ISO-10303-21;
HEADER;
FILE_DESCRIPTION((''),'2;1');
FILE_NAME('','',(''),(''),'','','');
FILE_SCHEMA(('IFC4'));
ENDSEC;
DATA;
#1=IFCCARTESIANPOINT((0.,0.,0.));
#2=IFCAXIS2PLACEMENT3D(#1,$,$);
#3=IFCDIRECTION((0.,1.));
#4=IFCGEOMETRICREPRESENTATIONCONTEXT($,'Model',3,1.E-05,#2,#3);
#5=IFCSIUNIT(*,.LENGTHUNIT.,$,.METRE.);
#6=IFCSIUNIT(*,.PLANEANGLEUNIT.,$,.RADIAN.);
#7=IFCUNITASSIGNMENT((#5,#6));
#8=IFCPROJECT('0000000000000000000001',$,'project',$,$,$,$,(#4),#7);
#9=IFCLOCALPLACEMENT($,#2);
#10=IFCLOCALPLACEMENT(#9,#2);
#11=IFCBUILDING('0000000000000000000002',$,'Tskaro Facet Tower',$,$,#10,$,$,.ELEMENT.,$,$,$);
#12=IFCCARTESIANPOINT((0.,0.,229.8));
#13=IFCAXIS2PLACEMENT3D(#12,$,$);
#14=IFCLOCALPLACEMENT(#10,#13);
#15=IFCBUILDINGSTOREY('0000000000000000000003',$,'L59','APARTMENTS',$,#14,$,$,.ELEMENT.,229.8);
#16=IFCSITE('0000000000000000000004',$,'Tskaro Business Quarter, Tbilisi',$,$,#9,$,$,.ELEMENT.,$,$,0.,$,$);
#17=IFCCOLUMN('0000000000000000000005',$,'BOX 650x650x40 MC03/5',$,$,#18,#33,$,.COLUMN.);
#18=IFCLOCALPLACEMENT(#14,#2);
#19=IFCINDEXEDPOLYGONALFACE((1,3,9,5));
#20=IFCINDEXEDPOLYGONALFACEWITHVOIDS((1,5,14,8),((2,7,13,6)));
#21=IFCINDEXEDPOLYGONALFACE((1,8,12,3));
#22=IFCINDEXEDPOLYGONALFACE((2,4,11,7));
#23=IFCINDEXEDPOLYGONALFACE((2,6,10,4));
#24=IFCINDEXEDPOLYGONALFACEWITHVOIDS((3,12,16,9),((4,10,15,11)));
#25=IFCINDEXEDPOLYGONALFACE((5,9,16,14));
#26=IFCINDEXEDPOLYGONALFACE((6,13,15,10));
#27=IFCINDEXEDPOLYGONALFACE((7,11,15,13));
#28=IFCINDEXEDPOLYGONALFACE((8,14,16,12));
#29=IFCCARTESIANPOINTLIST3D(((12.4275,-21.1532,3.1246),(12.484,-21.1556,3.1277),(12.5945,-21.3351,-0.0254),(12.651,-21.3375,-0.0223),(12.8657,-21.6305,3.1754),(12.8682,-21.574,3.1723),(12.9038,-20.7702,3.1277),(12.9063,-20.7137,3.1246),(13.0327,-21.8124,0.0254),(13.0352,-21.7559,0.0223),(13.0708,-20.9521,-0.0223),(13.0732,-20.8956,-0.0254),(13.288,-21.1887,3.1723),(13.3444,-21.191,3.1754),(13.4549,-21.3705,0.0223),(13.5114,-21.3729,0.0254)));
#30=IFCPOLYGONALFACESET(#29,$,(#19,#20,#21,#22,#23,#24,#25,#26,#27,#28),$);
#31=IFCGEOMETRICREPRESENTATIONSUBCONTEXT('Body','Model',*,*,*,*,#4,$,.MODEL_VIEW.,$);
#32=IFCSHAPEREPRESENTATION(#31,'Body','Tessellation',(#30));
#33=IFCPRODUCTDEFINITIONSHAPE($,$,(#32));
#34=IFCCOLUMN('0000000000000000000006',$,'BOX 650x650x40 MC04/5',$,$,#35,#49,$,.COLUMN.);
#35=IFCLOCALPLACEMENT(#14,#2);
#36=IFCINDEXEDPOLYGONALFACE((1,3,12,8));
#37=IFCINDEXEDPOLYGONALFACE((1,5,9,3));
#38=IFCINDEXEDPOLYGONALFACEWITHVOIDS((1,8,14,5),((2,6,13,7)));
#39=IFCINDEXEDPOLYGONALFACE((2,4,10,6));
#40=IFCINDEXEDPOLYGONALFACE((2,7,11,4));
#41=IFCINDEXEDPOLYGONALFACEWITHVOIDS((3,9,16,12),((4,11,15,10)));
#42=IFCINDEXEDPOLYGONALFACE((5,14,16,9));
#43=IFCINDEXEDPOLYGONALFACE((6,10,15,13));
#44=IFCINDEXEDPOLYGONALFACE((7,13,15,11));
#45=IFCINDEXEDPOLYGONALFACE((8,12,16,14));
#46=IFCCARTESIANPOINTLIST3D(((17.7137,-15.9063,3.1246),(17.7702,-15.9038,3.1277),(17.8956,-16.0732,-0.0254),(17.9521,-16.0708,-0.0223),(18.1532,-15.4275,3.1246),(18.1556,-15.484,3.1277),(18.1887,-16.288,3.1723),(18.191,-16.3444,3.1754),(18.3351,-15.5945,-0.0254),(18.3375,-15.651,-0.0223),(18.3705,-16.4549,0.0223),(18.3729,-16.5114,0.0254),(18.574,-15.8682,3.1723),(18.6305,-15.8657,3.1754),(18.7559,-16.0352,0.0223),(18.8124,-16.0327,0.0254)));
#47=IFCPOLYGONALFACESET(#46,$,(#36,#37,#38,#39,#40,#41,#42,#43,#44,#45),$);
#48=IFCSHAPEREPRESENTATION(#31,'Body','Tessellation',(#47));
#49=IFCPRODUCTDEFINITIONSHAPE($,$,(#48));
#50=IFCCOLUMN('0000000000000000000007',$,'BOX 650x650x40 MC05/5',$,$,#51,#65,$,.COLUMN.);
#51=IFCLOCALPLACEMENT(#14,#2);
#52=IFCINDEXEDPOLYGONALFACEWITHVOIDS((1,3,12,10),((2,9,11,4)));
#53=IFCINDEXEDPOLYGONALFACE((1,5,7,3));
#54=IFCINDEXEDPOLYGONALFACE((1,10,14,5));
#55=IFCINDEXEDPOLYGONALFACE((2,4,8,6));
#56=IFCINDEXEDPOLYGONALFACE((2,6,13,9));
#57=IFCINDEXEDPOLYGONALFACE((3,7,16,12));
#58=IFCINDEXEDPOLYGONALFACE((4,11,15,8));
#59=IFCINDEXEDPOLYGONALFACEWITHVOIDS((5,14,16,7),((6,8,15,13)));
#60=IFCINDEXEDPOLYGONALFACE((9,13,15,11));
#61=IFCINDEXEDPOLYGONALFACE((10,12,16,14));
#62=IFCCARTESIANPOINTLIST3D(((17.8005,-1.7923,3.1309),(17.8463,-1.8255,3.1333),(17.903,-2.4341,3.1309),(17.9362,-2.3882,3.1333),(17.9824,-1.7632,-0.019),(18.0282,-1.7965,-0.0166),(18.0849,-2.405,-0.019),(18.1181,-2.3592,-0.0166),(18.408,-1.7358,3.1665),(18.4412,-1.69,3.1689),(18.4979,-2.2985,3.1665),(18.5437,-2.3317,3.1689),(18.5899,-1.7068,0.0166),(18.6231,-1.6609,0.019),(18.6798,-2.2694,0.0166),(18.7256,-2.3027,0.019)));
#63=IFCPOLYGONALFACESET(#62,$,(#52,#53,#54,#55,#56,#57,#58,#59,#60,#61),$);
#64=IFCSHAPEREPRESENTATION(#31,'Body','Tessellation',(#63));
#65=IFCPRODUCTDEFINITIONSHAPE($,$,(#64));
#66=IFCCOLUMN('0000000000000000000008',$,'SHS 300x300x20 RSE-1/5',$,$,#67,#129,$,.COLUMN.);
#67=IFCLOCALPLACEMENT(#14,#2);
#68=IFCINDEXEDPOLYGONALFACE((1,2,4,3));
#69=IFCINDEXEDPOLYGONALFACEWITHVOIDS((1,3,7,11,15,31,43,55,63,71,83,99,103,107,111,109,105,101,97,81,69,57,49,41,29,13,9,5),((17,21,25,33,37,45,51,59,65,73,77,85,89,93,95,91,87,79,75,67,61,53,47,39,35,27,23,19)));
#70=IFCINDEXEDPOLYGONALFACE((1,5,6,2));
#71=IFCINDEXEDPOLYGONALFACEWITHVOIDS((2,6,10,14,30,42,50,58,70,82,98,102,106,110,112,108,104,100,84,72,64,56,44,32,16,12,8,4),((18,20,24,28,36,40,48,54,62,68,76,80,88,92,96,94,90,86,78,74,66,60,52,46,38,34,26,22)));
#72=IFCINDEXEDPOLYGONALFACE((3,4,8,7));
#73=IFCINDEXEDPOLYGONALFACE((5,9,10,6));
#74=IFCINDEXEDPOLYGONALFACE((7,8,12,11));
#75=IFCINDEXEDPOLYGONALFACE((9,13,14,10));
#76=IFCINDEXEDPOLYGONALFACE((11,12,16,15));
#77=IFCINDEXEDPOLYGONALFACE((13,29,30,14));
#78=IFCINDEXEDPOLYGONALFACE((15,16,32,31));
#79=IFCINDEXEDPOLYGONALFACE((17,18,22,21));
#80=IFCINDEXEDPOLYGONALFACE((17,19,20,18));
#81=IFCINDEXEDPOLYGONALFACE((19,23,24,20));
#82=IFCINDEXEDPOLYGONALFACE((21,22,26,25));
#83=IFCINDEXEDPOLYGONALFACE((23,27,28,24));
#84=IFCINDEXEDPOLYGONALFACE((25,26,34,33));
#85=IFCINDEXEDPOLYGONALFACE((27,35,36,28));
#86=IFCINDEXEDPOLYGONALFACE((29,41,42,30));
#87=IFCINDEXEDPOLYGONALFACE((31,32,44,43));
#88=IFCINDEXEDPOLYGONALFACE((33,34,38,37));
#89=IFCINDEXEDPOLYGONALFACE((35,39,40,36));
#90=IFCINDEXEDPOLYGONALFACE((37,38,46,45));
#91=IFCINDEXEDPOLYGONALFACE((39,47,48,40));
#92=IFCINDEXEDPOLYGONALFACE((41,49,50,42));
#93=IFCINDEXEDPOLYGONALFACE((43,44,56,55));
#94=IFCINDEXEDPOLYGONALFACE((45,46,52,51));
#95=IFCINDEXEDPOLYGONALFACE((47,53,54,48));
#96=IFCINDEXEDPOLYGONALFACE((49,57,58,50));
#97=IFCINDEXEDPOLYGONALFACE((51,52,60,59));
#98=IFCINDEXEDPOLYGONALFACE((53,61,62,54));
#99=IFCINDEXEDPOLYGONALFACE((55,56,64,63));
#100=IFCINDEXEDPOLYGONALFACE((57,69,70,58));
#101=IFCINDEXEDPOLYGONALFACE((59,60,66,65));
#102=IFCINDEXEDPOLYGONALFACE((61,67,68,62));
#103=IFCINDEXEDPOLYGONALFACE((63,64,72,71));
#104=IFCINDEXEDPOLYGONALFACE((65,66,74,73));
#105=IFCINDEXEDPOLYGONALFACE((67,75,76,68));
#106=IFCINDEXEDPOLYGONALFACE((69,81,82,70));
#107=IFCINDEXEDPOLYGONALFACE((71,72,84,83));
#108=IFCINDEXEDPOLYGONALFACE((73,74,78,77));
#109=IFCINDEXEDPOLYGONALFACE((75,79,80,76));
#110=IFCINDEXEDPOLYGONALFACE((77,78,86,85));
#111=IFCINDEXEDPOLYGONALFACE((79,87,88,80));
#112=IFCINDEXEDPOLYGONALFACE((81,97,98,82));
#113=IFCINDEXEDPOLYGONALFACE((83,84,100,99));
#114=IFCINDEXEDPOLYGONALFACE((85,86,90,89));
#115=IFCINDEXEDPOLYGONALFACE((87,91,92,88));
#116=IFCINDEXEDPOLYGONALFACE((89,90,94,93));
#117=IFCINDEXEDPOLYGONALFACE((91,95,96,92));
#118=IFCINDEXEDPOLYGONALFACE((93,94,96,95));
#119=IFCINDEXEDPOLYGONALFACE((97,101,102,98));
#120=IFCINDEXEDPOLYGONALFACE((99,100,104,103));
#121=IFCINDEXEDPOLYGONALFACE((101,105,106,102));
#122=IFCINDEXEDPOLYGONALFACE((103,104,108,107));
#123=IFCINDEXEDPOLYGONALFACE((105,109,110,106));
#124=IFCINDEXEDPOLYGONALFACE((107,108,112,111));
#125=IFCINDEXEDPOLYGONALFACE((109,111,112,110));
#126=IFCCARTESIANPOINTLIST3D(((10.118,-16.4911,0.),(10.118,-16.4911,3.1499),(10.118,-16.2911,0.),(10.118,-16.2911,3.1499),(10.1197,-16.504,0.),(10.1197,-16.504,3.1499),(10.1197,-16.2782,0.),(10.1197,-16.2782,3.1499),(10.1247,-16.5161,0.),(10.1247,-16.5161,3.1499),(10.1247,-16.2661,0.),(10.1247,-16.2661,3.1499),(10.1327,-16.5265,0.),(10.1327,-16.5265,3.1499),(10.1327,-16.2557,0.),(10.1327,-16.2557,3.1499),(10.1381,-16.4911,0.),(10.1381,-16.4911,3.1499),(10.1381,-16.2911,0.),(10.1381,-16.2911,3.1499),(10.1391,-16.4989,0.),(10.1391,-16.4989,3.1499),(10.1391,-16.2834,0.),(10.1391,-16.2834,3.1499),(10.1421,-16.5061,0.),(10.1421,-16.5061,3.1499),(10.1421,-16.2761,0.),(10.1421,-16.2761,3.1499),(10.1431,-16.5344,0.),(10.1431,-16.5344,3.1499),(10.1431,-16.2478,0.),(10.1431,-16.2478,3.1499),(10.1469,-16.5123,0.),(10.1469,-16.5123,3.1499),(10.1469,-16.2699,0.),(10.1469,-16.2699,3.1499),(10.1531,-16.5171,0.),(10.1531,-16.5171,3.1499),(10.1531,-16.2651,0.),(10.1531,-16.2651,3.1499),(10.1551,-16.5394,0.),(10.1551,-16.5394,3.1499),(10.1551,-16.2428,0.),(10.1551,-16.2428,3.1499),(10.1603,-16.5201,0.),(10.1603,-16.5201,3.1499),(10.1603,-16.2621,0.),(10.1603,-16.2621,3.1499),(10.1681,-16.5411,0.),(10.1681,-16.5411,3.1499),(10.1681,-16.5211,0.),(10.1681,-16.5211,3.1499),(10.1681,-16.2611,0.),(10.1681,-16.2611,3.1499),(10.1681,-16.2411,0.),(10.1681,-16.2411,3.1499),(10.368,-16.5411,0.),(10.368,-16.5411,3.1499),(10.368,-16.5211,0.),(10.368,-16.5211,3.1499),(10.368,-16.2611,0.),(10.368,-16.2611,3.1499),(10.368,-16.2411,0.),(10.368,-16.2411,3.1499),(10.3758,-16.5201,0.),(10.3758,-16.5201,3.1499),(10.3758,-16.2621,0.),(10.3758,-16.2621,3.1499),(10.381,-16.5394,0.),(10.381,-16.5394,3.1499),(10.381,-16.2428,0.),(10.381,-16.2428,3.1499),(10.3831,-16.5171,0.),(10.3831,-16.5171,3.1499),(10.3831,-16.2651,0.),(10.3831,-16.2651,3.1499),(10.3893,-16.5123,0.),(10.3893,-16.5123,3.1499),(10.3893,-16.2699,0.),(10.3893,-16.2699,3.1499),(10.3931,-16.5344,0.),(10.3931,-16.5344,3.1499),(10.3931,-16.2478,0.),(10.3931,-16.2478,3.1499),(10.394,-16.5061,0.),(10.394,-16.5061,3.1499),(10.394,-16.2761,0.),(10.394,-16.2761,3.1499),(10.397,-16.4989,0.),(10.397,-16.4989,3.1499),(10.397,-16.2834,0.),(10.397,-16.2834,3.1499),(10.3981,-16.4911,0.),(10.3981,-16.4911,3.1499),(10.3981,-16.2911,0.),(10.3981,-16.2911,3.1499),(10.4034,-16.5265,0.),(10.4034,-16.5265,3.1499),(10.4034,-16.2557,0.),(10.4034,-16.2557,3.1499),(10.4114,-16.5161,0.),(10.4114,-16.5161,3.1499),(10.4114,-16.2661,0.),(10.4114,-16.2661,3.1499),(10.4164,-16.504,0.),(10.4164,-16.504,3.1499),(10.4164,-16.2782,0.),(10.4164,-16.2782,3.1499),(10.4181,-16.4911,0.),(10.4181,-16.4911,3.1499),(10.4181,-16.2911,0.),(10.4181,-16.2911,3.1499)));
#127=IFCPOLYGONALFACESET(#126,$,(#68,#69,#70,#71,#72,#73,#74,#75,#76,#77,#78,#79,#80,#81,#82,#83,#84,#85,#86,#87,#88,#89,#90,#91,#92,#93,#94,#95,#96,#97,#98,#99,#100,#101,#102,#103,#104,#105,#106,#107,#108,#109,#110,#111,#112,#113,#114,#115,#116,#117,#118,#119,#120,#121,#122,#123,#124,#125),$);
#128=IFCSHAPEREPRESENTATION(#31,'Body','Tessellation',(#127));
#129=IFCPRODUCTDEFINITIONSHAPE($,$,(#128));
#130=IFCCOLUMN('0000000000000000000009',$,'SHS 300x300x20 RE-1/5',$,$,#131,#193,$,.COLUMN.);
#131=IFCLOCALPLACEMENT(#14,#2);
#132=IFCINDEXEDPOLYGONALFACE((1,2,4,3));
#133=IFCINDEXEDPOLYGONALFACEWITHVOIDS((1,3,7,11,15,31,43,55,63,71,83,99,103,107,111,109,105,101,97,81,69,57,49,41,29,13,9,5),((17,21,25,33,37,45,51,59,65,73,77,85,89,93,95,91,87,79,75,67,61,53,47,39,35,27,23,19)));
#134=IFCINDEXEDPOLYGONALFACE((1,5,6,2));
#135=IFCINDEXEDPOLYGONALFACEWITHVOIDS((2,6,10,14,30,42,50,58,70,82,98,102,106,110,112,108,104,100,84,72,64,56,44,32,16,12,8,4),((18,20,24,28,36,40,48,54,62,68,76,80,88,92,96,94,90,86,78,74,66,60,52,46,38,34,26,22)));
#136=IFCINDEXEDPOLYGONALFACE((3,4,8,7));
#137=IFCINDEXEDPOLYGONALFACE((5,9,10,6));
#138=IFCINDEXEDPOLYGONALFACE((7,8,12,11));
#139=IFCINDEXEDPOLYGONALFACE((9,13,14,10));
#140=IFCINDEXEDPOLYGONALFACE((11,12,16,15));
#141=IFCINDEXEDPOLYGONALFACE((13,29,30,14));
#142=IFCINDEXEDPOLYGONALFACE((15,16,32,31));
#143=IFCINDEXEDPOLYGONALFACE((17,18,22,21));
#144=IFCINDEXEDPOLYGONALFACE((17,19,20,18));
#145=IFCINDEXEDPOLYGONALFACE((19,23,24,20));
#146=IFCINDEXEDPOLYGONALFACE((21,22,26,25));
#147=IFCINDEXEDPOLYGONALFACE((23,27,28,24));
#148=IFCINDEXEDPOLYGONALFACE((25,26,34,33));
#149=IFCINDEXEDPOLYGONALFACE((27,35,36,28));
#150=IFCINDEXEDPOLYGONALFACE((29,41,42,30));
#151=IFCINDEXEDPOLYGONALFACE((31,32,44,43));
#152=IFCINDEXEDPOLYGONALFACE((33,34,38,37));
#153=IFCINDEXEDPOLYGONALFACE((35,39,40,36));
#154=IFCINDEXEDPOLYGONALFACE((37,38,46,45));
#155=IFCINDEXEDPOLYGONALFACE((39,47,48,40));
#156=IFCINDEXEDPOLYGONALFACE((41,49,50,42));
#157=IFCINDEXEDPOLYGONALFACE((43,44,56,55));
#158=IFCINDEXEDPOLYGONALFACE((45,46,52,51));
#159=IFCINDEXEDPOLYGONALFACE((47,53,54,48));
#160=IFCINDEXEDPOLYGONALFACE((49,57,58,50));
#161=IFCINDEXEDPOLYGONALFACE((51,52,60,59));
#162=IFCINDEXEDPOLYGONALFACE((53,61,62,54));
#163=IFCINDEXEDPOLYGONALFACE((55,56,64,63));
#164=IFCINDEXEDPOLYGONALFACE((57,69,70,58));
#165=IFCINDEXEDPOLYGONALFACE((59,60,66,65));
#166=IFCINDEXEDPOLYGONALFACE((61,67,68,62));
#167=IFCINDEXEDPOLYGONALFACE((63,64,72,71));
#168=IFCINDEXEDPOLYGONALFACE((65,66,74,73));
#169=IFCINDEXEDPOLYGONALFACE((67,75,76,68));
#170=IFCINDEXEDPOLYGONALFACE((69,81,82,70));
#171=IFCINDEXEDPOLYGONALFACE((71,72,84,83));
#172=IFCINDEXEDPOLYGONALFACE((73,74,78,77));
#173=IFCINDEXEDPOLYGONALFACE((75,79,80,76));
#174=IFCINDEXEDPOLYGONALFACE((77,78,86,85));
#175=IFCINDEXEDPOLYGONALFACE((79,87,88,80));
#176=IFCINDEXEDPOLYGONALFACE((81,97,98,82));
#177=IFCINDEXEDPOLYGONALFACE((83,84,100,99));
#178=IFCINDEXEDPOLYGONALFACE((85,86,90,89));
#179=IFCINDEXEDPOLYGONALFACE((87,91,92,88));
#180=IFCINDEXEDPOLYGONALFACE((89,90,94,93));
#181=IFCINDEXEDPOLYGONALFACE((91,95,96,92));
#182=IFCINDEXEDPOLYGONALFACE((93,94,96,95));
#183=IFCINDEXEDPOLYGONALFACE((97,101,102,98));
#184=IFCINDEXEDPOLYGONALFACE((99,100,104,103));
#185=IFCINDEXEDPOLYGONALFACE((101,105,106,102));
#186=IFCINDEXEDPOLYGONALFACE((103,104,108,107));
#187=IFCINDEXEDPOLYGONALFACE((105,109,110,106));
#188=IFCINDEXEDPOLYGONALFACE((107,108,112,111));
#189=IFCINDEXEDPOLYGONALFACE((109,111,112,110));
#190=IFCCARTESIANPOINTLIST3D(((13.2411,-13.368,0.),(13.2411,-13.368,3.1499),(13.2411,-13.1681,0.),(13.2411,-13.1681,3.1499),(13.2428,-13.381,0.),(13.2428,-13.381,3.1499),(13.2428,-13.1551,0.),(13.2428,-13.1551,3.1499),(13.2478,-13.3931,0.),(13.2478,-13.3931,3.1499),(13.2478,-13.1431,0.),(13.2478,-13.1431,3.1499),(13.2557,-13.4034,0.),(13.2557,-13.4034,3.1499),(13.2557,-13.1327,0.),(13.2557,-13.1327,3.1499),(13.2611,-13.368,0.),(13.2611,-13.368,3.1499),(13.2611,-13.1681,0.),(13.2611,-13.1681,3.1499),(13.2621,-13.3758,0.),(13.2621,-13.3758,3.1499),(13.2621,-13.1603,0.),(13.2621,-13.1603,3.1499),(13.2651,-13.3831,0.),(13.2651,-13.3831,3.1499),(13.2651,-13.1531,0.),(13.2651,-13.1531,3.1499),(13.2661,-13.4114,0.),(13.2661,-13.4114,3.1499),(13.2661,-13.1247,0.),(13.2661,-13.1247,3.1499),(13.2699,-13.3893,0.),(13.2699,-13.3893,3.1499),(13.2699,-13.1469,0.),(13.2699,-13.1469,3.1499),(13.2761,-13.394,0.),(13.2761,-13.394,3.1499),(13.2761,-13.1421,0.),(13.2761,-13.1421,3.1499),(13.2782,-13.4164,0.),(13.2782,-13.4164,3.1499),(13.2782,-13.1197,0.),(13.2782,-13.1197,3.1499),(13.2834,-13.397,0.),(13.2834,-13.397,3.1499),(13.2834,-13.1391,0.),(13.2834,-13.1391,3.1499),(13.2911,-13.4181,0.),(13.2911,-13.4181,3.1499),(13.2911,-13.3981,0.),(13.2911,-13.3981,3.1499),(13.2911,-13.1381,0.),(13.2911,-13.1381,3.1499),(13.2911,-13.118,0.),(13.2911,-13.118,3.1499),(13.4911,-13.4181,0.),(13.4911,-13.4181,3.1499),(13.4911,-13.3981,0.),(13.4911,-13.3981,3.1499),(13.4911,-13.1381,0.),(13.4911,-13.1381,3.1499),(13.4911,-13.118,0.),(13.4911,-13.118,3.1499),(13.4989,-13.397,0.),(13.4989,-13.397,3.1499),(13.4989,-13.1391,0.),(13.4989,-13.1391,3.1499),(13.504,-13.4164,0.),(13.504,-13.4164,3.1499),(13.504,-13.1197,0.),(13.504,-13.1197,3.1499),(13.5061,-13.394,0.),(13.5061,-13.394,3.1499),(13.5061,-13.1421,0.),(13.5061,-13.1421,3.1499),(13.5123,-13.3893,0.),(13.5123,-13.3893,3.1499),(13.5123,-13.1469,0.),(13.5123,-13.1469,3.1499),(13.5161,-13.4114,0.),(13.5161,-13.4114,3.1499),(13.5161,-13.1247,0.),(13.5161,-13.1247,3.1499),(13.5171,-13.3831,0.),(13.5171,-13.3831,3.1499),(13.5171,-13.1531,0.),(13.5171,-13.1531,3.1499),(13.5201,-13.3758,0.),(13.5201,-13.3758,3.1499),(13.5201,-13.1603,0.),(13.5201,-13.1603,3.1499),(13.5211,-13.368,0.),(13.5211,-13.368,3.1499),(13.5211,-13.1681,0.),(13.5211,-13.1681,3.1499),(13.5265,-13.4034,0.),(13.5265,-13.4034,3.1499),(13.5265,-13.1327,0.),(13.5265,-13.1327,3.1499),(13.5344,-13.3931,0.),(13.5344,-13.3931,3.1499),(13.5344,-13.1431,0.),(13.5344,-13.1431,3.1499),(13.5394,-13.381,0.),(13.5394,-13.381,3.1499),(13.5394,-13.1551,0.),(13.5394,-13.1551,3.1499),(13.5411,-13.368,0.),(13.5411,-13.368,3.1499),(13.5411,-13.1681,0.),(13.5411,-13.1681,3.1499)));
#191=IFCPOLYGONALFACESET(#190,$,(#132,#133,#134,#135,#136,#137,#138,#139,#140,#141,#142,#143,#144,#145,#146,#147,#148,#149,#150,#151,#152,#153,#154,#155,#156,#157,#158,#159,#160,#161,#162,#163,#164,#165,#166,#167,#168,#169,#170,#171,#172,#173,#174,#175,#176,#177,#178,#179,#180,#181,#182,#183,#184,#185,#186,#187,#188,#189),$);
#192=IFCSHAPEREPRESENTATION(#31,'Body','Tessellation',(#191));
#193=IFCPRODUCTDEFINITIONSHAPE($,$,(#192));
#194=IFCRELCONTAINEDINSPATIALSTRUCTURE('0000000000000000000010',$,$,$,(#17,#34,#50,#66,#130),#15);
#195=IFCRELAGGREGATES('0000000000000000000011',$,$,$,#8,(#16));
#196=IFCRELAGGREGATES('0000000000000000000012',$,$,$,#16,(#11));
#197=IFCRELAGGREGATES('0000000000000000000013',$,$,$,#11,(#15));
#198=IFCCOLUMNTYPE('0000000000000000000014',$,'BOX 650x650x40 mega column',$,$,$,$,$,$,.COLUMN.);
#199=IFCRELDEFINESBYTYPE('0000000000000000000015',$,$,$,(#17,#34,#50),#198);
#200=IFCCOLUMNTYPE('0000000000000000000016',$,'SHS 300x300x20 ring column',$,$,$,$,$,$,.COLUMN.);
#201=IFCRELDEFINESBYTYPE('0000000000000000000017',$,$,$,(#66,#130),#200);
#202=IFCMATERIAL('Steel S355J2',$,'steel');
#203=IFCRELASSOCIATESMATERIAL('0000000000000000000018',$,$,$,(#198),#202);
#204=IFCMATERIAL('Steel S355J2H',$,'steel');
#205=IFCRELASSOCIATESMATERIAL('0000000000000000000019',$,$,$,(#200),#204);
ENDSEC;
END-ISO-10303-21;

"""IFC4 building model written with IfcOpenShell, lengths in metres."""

from ifc_helpers import new_model, si_unit, direction, frame, origin, origin_2d, place, context, subcontext, project, spatial, hollow_rectangle, extrude, material, material_profile, profile_set, type_object, element, save


model = new_model("IFC4")

# Units and contexts
model_context = context("Model", 3, precision=1e-05, world=origin(), true_north=direction((0.0, 1.0)))
body_context = subcontext(model_context, "Body", "Model", "MODEL_VIEW")
ifc_project = project(units=[si_unit("LENGTHUNIT", "METRE"), si_unit("PLANEANGLEUNIT", "RADIAN")], contexts=[model_context])

# Site, building, storey
site_placement = place(None, origin())
site = spatial("IfcSite", under=ifc_project, at=site_placement, Name="Tskaro Business Quarter, Tbilisi", CompositionType="ELEMENT", RefElevation=0.0)
building_placement = place(site_placement, origin())
building = spatial("IfcBuilding", under=site, at=building_placement, Name="Tskaro Facet Tower", CompositionType="ELEMENT")
storey_placement = place(building_placement, frame((0.0, 0.0, 229.8)))
storey = spatial("IfcBuildingStorey", under=building, at=storey_placement, Name="L59", Description="APARTMENTS", CompositionType="ELEMENT", Elevation=229.8)

# Columns
ifc_material_1 = material(Name="Steel S355J2", Category="steel")
ifc_material_profile_1 = material_profile(ifc_material_1, hollow_rectangle(XDim=0.6499, YDim=0.6499, WallThickness=0.04, at=origin_2d()), Name="BOX 650x650x40")
ifc_profile_set_1 = profile_set([ifc_material_profile_1], Name="Steel S355J2")
column_type_1 = type_object("IfcColumnType", Name="BOX 650x650x40 mega column", PredefinedType="COLUMN", material=ifc_profile_set_1)
for number, where, z_axis, x_axis, name in (
    (1, (13.053, -21.354, 0.0), (-0.052853, 0.057566, 0.996942), (-0.73662, -0.676306, 0.0), "BOX 650x650x40 MC03/5"),
    (2, (18.354, -16.053, 0.0), (-0.057566, 0.052853, 0.996942), (-0.676306, -0.73662, 0.0), "BOX 650x650x40 MC04/5"),
):
    element("IfcColumn", number, at=place(storey_placement, frame(where, z_axis=z_axis, x_axis=x_axis)), inside=storey, type_object=column_type_1, Name=name, PredefinedType="COLUMN", context=body_context, shape_type="SweptSolid", body=[
        extrude(hollow_rectangle(XDim=0.6499, YDim=0.6499, WallThickness=0.04, at=origin_2d()), origin(), (0.0, 0.0, 1.0), 3.1597),
    ])
column_placement = place(storey_placement, frame((18.354, -2.033, 0.0), z_axis=(-0.057645, -0.009208, 0.998295), x_axis=(0.157732, -0.987482, 0.0)))
element("IfcColumn", 3, at=column_placement, inside=storey, type_object=column_type_1, Name="BOX 650x650x40 MC05/5", PredefinedType="COLUMN", context=body_context, shape_type="SweptSolid", body=[
    extrude(hollow_rectangle(XDim=0.6499, YDim=0.6499, WallThickness=0.04, at=origin_2d()), origin(), (0.0, 0.0, 1.0), 3.1553),
])
ifc_material_2 = material(Name="Steel S355J2H", Category="steel")
ifc_material_profile_2 = material_profile(ifc_material_2, hollow_rectangle(XDim=0.3, YDim=0.3, WallThickness=0.02, InnerFilletRadius=0.03, OuterFilletRadius=0.05, at=origin_2d()), Name="SHS 300x300x20")
ifc_profile_set_2 = profile_set([ifc_material_profile_2], Name="Steel S355J2H")
column_type_2 = type_object("IfcColumnType", Name="SHS 300x300x20 ring column", PredefinedType="COLUMN", material=ifc_profile_set_2)
for number, where, z_axis, x_axis, name in (
    (4, (10.2681, -16.3911, 0.0), (0.0, 0.0, 1.0), (1.0, 0.0, 0.0), "SHS 300x300x20 RSE-1/5"),
    (5, (13.3911, -13.2681, 0.0), (0.0, 0.0, 1.0), (1.0, 0.0, 0.0), "SHS 300x300x20 RE-1/5"),
):
    element("IfcColumn", number, at=place(storey_placement, frame(where, z_axis=z_axis, x_axis=x_axis)), inside=storey, type_object=column_type_2, Name=name, PredefinedType="COLUMN", context=body_context, shape_type="SweptSolid", body=[
        extrude(hollow_rectangle(XDim=0.3, YDim=0.3, WallThickness=0.02, InnerFilletRadius=0.03, OuterFilletRadius=0.05, at=origin_2d()), origin(), (0.0, 0.0, 1.0), 3.1499),
    ])

save(model, "model.ifc")
